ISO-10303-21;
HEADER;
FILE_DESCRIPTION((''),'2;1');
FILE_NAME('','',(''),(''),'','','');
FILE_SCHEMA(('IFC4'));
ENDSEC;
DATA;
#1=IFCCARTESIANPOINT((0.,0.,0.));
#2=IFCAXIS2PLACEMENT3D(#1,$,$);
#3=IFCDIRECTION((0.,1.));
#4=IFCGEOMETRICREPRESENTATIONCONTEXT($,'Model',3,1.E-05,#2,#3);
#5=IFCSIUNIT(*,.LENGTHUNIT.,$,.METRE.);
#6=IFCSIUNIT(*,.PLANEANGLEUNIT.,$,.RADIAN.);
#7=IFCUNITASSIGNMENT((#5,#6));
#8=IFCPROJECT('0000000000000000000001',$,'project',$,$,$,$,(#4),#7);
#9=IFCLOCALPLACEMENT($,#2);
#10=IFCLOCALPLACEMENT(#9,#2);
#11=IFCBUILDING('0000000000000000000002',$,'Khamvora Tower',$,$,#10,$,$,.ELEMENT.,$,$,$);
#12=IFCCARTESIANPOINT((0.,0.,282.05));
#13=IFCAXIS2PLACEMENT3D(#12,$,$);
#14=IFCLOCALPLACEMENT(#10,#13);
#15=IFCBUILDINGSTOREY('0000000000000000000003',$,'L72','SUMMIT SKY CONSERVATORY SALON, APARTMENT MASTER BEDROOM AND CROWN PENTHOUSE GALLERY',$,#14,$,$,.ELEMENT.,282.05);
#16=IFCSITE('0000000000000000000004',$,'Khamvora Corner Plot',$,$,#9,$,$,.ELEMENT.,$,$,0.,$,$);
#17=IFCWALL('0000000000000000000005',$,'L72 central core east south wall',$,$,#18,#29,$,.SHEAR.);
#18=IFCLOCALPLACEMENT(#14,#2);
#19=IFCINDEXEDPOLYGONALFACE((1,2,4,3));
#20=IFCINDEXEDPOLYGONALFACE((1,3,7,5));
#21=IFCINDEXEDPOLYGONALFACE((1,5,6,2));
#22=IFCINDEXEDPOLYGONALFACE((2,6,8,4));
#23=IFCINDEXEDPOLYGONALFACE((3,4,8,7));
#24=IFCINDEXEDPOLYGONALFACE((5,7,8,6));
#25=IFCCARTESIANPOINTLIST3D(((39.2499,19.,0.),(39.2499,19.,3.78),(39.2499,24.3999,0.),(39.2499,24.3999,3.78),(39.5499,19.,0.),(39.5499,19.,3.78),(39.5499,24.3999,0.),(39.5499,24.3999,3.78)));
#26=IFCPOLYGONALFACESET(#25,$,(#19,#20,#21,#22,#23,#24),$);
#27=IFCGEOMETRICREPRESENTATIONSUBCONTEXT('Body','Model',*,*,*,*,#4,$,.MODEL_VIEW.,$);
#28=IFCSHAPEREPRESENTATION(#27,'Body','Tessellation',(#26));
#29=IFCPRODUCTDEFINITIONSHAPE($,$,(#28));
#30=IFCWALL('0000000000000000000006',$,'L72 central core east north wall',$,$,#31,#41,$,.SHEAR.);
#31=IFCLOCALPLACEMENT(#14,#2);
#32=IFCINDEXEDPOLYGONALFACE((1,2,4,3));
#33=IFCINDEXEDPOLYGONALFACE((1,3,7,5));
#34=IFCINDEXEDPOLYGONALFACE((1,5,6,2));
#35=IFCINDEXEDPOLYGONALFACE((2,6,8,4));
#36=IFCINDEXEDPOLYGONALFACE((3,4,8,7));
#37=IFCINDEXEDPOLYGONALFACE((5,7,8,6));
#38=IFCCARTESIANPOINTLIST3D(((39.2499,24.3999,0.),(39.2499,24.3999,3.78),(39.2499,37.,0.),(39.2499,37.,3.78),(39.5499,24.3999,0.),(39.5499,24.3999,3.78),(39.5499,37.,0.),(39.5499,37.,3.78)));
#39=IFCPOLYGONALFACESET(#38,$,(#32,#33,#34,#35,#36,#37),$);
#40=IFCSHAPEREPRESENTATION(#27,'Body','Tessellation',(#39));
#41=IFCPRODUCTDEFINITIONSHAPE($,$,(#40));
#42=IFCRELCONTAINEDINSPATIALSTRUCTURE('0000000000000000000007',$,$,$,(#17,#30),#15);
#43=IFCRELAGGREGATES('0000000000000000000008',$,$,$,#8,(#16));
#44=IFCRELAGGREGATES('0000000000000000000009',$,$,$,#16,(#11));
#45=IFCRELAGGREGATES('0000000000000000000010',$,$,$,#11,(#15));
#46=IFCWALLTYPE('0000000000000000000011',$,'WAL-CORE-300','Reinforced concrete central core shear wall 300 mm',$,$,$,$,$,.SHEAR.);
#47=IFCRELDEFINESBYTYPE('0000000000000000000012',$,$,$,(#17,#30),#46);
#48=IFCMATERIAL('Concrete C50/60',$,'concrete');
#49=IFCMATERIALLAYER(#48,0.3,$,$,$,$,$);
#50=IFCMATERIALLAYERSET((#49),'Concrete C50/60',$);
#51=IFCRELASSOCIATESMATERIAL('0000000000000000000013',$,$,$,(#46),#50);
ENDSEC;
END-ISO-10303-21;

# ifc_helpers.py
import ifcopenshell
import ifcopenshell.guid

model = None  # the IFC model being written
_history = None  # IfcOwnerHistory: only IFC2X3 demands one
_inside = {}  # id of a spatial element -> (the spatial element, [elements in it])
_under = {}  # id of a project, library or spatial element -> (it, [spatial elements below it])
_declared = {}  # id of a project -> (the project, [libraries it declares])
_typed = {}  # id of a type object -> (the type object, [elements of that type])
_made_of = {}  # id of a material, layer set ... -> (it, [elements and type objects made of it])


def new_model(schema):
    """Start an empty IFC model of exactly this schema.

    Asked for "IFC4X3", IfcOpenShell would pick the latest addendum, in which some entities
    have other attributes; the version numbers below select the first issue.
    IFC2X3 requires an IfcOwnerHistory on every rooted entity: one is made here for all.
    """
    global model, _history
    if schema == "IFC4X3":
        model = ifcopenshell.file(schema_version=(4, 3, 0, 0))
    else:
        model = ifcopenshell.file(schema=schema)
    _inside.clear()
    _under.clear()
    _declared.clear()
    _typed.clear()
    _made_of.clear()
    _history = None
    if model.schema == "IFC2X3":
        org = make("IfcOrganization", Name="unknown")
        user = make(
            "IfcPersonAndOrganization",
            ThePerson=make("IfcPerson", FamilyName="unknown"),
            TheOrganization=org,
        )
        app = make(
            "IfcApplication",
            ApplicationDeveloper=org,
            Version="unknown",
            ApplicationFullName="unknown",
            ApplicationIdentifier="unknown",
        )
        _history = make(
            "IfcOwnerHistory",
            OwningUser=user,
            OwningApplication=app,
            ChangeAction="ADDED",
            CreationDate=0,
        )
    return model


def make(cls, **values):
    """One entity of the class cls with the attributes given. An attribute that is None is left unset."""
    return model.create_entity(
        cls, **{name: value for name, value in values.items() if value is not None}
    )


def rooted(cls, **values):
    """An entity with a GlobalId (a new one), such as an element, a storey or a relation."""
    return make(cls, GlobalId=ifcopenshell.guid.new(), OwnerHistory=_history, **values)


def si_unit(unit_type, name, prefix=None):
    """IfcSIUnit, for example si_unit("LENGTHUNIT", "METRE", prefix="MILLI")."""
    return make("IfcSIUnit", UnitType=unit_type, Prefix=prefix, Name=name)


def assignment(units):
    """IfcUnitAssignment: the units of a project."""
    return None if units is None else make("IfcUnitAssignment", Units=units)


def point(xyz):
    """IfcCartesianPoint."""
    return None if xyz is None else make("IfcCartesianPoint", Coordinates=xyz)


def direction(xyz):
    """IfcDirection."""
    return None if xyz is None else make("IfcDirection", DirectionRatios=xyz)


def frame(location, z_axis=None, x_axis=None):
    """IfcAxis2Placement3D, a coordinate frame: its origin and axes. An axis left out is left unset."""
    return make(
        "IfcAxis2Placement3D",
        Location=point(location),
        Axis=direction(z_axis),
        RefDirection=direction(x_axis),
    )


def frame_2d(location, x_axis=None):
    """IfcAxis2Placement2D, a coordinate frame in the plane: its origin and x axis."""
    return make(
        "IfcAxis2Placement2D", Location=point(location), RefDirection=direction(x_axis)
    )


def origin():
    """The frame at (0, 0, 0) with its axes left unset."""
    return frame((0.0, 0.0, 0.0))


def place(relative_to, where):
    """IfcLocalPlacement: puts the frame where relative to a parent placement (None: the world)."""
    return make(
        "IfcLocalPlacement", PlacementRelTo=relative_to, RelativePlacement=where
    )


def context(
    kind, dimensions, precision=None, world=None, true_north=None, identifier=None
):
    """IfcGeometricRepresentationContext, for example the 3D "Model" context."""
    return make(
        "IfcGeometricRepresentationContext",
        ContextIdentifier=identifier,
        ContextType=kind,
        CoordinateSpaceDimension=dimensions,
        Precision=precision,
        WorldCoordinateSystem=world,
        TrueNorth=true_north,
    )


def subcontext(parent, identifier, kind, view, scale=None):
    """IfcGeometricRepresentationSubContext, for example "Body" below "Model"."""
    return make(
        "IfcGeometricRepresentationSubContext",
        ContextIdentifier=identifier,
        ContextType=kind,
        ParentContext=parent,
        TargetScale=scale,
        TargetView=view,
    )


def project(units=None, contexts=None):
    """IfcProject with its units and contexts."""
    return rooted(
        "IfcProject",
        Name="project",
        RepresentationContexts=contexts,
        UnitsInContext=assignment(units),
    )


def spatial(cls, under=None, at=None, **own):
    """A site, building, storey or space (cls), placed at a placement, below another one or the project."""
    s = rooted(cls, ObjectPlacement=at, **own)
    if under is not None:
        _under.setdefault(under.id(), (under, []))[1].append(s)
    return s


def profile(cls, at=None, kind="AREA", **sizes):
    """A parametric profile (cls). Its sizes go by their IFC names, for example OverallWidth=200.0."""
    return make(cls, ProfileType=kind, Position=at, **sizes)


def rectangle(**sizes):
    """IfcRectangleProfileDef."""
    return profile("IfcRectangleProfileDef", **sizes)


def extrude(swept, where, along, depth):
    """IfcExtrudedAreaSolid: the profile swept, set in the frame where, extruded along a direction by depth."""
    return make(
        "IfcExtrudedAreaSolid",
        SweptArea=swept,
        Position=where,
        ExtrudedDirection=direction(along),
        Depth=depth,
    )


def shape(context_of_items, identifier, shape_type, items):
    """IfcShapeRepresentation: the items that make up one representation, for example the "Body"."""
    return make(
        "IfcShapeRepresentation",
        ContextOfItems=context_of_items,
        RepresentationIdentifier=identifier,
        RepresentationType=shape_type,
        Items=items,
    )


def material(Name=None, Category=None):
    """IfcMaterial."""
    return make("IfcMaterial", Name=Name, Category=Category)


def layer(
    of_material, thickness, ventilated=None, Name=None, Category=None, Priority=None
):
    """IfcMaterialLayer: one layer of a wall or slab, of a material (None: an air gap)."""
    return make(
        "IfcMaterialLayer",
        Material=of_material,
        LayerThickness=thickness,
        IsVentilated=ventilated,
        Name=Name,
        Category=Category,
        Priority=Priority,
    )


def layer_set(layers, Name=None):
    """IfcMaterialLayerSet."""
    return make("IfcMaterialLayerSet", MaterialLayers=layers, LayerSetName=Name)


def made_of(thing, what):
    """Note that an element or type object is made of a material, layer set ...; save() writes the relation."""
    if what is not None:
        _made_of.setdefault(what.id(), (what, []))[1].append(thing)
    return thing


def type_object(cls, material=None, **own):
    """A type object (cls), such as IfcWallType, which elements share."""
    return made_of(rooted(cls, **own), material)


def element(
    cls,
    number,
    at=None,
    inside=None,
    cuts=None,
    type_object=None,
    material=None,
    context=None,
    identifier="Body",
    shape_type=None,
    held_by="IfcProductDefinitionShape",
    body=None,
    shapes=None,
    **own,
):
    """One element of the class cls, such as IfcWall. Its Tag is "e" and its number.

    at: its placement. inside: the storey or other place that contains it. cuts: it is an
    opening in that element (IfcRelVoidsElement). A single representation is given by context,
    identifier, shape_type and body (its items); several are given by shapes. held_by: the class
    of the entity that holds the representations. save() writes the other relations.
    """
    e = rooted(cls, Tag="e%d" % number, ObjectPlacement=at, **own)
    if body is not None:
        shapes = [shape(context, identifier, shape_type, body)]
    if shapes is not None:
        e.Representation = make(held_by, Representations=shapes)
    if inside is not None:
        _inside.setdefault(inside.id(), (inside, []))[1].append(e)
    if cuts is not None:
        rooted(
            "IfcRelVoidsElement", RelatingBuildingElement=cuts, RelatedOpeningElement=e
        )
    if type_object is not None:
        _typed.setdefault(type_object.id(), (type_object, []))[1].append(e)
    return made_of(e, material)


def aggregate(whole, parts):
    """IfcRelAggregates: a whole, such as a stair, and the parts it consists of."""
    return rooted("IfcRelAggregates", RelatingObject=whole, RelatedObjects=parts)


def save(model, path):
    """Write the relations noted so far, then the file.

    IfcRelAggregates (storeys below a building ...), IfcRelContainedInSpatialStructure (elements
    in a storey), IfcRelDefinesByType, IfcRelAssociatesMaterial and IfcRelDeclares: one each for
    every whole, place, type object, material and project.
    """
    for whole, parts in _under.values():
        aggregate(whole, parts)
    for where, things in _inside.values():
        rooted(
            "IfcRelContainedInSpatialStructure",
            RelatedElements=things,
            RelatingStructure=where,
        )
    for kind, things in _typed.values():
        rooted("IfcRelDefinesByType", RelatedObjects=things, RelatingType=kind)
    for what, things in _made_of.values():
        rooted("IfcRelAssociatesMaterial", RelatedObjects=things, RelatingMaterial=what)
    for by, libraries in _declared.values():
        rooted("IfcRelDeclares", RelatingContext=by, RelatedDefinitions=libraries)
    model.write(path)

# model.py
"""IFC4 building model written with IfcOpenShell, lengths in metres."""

from ifc_helpers import new_model, si_unit, direction, frame, frame_2d, origin, place, context, subcontext, project, spatial, rectangle, extrude, material, layer, layer_set, type_object, element, save


model = new_model("IFC4")

# Units and contexts
model_context = context("Model", 3, precision=1e-05, world=origin(), true_north=direction((0.0, 1.0)))
body_context = subcontext(model_context, "Body", "Model", "MODEL_VIEW")
ifc_project = project(units=[si_unit("LENGTHUNIT", "METRE"), si_unit("PLANEANGLEUNIT", "RADIAN")], contexts=[model_context])

# Site, building, storey
site_placement = place(None, origin())
site = spatial("IfcSite", under=ifc_project, at=site_placement, Name="Khamvora Corner Plot", CompositionType="ELEMENT", RefElevation=0.0)
building_placement = place(site_placement, origin())
building = spatial("IfcBuilding", under=site, at=building_placement, Name="Khamvora Tower", CompositionType="ELEMENT")
storey_placement = place(building_placement, frame((0.0, 0.0, 282.05)))
storey = spatial("IfcBuildingStorey", under=building, at=storey_placement, Name="L72", Description="SUMMIT SKY CONSERVATORY SALON, APARTMENT MASTER BEDROOM AND CROWN PENTHOUSE GALLERY", CompositionType="ELEMENT", Elevation=282.05)

# Walls
ifc_material_1 = material(Name="Concrete C50/60", Category="concrete")
ifc_layer_1 = layer(ifc_material_1, 0.3)
ifc_layer_set_1 = layer_set([ifc_layer_1], Name="Concrete C50/60")
wall_type = type_object("IfcWallType", Name="WAL-CORE-300", Description="Reinforced concrete central core shear wall 300 mm", PredefinedType="SHEAR", material=ifc_layer_set_1)
wall_1_placement = place(storey_placement, frame((39.3999, 19.0, 0.0), z_axis=(0.0, 0.0, 1.0), x_axis=(0.0, 1.0, 0.0)))
element("IfcWall", 1, at=wall_1_placement, inside=storey, type_object=wall_type, Name="L72 central core east south wall", PredefinedType="SHEAR", context=body_context, shape_type="SweptSolid", body=[
    extrude(rectangle(XDim=5.3999, YDim=0.3, at=frame_2d((2.7, 0.0))), origin(), (0.0, 0.0, 1.0), 3.78),
])
wall_2_placement = place(storey_placement, frame((39.3999, 24.3999, 0.0), z_axis=(0.0, 0.0, 1.0), x_axis=(0.0, 1.0, 0.0)))
element("IfcWall", 2, at=wall_2_placement, inside=storey, type_object=wall_type, Name="L72 central core east north wall", PredefinedType="SHEAR", context=body_context, shape_type="SweptSolid", body=[
    extrude(rectangle(XDim=12.6001, YDim=0.3, at=frame_2d((6.3, 0.0))), origin(), (0.0, 0.0, 1.0), 3.78),
])

save(model, "model.ifc")
